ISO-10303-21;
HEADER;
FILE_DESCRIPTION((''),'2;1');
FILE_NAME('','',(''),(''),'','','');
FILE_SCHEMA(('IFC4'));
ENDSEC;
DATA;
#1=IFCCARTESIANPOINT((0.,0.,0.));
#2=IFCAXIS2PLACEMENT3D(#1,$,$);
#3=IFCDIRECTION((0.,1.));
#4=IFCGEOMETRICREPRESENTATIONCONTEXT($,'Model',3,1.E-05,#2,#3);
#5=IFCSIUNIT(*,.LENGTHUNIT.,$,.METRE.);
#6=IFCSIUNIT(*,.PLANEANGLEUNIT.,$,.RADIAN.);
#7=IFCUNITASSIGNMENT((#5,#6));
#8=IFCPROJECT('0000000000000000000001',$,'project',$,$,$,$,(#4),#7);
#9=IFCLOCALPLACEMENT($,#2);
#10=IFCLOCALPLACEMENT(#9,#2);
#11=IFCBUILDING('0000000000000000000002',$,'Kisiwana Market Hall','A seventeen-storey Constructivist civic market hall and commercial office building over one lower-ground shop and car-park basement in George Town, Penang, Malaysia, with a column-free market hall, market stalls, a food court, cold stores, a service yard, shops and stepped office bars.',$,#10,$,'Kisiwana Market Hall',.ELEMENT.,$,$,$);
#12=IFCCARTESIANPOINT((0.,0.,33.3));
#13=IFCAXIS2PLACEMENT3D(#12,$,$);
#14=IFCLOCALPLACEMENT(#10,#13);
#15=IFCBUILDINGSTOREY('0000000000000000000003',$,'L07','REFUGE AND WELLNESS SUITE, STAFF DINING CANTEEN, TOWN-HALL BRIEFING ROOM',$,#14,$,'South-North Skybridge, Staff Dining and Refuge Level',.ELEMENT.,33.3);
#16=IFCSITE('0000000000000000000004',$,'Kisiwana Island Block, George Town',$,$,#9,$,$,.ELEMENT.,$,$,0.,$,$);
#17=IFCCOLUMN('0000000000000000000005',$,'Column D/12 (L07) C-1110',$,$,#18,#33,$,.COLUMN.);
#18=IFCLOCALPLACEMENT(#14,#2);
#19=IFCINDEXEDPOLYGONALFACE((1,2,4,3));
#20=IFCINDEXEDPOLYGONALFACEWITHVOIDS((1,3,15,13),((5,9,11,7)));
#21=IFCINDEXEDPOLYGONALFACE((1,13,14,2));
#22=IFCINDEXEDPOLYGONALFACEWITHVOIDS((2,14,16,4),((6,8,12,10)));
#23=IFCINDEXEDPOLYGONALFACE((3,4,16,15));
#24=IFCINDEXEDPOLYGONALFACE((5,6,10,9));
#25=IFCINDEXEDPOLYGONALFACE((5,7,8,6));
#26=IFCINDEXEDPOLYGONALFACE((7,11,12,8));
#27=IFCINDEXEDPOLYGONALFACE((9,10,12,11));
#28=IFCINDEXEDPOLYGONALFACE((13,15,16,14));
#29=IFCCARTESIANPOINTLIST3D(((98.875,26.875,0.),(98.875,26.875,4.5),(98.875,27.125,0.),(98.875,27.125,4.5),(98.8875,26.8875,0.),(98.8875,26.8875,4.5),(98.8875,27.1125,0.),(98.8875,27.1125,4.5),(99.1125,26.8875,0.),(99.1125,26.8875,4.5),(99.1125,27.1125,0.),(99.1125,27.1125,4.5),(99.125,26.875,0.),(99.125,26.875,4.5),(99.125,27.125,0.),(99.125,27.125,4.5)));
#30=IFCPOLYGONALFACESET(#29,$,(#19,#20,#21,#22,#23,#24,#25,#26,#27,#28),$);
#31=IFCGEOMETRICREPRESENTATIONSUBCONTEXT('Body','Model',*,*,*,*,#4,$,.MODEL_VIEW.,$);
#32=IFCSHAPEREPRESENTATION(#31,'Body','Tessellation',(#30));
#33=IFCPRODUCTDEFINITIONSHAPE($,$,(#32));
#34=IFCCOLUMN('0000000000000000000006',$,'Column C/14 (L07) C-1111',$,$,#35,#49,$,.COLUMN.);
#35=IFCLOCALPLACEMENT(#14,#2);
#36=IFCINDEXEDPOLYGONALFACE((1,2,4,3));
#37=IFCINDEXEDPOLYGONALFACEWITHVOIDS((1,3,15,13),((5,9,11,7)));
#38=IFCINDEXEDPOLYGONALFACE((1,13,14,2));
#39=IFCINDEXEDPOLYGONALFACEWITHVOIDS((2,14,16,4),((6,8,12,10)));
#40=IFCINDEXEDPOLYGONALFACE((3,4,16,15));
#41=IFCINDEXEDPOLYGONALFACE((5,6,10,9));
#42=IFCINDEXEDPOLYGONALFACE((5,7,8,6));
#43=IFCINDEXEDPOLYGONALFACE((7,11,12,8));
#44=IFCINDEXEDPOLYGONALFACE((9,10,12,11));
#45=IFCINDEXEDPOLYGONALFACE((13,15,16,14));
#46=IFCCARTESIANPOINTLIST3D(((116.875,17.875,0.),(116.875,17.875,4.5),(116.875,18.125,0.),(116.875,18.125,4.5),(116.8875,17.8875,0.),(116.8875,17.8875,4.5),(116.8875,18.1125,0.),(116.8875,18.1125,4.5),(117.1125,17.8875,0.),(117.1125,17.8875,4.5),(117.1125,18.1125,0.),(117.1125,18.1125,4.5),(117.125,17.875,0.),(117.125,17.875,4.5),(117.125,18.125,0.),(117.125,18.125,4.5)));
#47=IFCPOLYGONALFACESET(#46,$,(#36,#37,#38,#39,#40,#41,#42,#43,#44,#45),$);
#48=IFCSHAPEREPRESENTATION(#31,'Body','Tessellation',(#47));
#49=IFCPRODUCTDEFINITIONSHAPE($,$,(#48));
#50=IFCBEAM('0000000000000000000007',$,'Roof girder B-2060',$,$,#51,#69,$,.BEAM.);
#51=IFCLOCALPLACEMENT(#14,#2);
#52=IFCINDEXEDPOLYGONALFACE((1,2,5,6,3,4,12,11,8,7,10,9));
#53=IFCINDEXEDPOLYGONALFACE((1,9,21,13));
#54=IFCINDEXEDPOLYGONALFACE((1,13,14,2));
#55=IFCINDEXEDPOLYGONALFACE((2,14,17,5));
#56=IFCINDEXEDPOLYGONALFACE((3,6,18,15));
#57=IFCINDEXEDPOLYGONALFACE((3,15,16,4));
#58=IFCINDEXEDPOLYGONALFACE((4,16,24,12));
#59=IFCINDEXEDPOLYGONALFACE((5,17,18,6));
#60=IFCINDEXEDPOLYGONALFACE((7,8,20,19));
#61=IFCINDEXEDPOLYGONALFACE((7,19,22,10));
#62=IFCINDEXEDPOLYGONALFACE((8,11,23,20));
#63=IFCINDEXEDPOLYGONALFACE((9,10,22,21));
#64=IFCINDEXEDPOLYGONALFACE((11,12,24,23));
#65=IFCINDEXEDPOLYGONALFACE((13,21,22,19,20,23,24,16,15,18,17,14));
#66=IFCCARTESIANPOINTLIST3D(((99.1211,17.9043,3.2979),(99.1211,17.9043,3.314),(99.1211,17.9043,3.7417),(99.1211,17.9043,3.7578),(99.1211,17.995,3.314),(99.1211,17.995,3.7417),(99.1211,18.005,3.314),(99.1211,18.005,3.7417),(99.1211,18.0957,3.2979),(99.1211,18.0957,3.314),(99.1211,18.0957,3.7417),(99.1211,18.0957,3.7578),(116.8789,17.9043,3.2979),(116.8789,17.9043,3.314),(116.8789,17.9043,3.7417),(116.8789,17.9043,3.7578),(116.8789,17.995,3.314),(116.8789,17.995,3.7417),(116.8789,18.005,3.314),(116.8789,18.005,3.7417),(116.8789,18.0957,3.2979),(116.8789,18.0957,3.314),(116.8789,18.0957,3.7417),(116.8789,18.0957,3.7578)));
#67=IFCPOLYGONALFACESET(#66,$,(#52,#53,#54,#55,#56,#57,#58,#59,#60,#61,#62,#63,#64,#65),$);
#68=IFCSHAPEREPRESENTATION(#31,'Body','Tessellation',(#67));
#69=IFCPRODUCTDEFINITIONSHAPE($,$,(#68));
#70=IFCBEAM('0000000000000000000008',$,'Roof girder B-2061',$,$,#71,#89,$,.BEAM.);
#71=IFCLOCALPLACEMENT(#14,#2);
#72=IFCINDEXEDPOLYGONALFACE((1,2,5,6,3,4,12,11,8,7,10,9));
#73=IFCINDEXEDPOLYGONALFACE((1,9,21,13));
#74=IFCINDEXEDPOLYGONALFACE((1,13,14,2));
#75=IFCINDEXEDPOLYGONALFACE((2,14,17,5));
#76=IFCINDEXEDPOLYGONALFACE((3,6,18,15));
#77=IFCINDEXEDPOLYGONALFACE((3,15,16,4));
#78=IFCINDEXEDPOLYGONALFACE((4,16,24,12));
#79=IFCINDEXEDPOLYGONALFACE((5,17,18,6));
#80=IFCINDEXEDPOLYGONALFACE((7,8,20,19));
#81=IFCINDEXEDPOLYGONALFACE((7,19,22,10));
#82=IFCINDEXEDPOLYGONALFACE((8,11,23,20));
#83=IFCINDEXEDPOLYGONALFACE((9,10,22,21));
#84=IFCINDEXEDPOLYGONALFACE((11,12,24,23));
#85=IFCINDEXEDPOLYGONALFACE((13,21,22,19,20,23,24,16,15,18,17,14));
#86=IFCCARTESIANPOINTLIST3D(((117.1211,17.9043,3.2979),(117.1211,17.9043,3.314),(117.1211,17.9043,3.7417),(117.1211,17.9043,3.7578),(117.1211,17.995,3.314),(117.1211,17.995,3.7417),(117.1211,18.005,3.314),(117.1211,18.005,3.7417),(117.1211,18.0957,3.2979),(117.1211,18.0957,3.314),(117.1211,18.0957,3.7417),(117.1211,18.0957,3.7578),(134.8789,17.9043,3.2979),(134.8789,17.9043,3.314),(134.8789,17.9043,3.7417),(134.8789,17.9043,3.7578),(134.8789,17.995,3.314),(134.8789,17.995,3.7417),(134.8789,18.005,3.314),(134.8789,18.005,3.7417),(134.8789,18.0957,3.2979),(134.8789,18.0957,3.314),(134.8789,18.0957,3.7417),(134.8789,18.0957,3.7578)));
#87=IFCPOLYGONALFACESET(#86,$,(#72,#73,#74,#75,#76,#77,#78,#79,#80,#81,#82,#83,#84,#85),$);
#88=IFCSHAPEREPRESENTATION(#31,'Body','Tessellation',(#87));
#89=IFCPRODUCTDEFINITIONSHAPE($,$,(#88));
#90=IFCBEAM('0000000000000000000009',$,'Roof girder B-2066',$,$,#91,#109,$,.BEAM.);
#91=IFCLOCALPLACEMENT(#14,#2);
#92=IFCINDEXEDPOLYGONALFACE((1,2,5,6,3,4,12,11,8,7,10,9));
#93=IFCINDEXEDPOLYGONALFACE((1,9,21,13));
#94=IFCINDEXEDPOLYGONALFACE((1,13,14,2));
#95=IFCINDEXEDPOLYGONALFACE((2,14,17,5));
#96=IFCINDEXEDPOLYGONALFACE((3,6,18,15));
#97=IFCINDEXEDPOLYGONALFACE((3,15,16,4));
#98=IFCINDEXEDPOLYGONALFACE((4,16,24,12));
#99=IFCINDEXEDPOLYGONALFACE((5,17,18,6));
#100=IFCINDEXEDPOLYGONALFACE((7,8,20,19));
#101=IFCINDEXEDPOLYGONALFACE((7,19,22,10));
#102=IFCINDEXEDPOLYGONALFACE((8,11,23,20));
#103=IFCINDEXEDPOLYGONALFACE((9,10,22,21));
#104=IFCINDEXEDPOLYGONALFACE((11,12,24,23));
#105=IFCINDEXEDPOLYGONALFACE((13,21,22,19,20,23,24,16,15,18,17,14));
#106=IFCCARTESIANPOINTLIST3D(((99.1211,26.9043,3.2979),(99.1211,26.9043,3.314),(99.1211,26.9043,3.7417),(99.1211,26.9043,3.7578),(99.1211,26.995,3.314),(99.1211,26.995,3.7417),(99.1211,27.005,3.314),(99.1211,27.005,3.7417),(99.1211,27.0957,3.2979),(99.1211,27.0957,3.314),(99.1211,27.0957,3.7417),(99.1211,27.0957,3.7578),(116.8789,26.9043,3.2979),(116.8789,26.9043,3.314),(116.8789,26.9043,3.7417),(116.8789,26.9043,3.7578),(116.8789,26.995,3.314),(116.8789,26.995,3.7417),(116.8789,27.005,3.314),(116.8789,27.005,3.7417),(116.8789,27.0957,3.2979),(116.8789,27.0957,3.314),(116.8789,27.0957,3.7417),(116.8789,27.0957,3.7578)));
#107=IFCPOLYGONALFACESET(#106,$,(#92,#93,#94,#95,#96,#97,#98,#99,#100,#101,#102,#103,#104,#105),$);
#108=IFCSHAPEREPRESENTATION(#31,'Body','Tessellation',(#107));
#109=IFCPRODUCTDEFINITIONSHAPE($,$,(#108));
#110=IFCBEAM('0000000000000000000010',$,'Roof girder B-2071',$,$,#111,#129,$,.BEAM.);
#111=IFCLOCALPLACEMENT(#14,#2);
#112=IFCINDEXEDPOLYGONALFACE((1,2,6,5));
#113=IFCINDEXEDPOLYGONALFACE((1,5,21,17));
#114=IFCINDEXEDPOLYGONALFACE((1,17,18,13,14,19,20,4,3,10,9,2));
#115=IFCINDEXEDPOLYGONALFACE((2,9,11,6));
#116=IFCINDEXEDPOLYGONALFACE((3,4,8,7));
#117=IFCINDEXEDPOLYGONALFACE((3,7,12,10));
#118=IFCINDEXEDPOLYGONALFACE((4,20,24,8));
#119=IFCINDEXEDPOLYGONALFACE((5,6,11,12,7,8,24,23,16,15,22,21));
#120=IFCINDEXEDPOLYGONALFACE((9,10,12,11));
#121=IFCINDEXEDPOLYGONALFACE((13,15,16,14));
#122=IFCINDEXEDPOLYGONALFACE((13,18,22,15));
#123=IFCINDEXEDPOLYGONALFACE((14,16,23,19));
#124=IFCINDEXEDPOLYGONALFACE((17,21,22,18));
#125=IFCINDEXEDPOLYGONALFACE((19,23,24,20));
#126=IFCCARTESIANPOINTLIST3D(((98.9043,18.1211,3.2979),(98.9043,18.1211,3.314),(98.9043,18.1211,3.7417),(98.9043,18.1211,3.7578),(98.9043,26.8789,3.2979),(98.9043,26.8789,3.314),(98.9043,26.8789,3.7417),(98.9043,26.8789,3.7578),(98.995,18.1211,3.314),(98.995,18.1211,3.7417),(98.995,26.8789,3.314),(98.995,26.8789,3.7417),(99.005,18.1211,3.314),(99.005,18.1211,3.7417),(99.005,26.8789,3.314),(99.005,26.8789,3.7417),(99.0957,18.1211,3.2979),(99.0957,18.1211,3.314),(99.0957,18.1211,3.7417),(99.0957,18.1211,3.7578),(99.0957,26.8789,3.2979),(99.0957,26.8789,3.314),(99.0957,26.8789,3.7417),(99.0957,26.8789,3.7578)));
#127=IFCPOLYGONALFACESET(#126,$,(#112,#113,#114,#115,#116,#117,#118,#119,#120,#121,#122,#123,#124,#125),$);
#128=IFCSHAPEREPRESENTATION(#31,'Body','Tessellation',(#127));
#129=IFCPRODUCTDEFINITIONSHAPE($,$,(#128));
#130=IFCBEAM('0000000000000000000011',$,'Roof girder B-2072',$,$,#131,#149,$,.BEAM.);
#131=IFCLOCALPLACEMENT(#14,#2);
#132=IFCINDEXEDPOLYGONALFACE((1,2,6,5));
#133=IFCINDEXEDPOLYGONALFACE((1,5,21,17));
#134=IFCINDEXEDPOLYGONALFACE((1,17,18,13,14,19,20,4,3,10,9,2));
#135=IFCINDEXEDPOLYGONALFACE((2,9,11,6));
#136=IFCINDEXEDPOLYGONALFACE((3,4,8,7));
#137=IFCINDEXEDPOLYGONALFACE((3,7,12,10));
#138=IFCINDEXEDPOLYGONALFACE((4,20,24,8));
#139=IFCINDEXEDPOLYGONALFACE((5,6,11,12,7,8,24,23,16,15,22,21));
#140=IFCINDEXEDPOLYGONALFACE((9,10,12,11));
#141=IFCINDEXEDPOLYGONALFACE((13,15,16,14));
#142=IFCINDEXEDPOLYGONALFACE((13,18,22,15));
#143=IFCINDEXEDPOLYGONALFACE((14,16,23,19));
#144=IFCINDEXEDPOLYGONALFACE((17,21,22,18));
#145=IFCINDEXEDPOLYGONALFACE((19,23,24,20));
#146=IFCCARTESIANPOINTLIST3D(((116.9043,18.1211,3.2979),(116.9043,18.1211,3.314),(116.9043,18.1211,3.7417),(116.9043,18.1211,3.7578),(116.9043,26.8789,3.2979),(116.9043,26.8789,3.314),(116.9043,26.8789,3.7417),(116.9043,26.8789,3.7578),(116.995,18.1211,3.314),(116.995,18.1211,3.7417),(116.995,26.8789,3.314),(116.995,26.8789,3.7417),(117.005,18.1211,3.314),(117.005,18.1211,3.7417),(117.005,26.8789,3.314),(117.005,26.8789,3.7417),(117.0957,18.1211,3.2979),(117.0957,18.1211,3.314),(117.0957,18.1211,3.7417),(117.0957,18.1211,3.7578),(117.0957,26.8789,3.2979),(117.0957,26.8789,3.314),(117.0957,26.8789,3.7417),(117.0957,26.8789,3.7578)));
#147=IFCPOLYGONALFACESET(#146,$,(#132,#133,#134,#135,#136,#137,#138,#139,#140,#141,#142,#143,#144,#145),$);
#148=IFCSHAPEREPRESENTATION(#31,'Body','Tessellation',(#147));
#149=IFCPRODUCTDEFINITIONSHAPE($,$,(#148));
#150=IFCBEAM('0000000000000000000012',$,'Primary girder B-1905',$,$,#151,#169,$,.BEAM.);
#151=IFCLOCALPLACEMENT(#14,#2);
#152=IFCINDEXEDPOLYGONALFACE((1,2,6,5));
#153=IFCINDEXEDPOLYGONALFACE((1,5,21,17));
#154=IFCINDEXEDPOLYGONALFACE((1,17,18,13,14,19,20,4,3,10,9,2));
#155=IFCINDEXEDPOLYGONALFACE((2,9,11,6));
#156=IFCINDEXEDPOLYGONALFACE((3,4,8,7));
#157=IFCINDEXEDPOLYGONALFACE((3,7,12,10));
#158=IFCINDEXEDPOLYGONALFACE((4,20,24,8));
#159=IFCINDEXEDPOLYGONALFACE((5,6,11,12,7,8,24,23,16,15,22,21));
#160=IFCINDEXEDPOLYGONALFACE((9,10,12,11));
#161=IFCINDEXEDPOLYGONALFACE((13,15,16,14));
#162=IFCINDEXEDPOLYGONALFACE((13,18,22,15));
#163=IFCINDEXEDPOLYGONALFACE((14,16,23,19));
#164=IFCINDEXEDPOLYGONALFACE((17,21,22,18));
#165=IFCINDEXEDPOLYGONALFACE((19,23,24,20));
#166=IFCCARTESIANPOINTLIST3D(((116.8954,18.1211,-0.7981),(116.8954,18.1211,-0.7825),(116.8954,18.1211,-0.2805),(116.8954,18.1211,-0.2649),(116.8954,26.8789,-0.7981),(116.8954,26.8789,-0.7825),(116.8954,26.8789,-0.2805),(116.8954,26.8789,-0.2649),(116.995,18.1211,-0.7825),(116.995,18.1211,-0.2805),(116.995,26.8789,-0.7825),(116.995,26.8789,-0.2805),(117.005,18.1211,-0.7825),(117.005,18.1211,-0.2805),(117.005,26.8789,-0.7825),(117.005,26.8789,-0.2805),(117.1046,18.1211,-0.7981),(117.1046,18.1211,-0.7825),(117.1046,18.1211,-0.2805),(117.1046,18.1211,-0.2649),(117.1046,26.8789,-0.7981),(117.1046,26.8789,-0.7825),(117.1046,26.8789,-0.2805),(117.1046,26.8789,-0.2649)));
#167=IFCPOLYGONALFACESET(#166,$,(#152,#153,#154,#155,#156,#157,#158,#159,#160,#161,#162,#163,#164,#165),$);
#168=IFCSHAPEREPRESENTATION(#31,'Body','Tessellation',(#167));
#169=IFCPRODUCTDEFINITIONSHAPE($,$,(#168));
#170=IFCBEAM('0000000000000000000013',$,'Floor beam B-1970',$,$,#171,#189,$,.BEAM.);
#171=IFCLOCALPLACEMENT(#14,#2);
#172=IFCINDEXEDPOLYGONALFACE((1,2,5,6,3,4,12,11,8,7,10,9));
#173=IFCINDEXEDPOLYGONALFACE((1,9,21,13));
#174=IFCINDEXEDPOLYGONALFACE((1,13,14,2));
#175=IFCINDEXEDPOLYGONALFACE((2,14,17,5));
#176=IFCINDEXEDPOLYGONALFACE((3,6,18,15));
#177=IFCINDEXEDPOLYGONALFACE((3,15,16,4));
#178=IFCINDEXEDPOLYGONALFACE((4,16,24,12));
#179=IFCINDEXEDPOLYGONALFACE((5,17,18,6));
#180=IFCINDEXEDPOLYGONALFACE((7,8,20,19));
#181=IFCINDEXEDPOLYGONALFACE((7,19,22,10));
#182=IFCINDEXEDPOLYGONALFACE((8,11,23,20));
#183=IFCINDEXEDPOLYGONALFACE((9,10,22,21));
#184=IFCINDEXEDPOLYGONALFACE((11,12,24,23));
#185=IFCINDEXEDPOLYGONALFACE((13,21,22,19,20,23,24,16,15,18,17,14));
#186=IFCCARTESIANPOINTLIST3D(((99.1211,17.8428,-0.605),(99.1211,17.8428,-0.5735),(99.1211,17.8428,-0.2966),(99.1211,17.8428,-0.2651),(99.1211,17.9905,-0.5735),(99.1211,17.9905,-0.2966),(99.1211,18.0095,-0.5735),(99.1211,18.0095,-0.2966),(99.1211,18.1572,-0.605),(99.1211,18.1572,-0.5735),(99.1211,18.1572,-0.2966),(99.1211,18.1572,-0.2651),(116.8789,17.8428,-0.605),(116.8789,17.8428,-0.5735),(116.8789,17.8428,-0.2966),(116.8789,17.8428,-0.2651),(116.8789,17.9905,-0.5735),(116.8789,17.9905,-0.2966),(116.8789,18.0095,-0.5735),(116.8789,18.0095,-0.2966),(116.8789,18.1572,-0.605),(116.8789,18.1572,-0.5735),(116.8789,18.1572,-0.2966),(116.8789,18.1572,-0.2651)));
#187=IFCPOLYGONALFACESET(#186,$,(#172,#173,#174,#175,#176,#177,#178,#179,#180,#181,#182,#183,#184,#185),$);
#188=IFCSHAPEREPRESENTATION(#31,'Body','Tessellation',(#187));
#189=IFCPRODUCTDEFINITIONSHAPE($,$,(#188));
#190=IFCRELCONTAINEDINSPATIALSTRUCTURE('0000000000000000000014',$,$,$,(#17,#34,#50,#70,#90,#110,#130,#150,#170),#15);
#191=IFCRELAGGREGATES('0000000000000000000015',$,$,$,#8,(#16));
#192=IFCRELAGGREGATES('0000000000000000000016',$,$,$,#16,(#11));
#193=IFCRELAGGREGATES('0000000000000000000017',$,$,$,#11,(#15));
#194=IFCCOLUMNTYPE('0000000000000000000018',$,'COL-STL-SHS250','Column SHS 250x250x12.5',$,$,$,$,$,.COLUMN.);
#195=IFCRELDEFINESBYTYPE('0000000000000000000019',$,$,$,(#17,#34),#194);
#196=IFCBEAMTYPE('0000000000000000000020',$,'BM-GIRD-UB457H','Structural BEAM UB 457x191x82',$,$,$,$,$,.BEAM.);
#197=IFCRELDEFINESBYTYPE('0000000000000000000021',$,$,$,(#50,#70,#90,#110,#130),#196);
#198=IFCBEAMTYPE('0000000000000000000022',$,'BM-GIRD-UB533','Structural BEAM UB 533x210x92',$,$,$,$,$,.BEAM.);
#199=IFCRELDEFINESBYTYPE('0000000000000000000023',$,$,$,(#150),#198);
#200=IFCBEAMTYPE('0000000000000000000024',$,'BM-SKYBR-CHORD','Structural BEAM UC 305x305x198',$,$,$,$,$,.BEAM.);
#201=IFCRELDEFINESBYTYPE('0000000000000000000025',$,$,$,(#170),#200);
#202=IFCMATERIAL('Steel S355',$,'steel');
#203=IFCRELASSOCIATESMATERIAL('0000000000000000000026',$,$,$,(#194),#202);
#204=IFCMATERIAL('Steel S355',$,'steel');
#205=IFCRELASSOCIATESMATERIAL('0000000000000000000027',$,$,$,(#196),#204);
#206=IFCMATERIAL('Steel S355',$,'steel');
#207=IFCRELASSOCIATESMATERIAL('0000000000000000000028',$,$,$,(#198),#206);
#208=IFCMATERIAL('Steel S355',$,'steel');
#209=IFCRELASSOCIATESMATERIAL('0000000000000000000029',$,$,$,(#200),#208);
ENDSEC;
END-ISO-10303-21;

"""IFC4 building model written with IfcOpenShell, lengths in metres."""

from ifc_helpers import new_model, si_unit, direction, frame, origin, origin_2d, place, context, subcontext, project, spatial, hollow_rectangle, i_section, extrude, material, material_profile, profile_set, type_object, element, save


model = new_model("IFC4")

# Units and contexts
model_context = context("Model", 3, precision=1e-05, world=origin(), true_north=direction((0.0, 1.0)))
body_context = subcontext(model_context, "Body", "Model", "MODEL_VIEW")
ifc_project = project(units=[si_unit("LENGTHUNIT", "METRE"), si_unit("PLANEANGLEUNIT", "RADIAN")], contexts=[model_context])

# Site, building, storey
site_placement = place(None, origin())
site = spatial("IfcSite", under=ifc_project, at=site_placement, Name="Kisiwana Island Block, George Town", CompositionType="ELEMENT", RefElevation=0.0)
building_placement = place(site_placement, origin())
building = spatial("IfcBuilding", under=site, at=building_placement, Name="Kisiwana Market Hall", Description="A seventeen-storey Constructivist civic market hall and commercial office building over one lower-ground shop and car-park basement in George Town, Penang, Malaysia, with a column-free market hall, market stalls, a food court, cold stores, a service yard, shops and stepped office bars.", LongName="Kisiwana Market Hall", CompositionType="ELEMENT")
storey_placement = place(building_placement, frame((0.0, 0.0, 33.3)))
storey = spatial("IfcBuildingStorey", under=building, at=storey_placement, Name="L07", Description="REFUGE AND WELLNESS SUITE, STAFF DINING CANTEEN, TOWN-HALL BRIEFING ROOM", LongName="South-North Skybridge, Staff Dining and Refuge Level", CompositionType="ELEMENT", Elevation=33.3)

# Columns
ifc_material_1 = material(Name="Steel S355", Category="steel")
ifc_material_profile_1 = material_profile(ifc_material_1, hollow_rectangle(XDim=0.25, YDim=0.25, WallThickness=0.0125, at=origin_2d()), Name="SHS 250x250x12.5")
ifc_profile_set_1 = profile_set([ifc_material_profile_1], Name="Steel S355")
column_type = type_object("IfcColumnType", Name="COL-STL-SHS250", Description="Column SHS 250x250x12.5", PredefinedType="COLUMN", material=ifc_profile_set_1)
for number, where, z_axis, x_axis, name in (
    (1, (99.0, 27.0, 0.0), (0.0, 0.0, 1.0), (1.0, 0.0, 0.0), "Column D/12 (L07) C-1110"),
    (2, (117.0, 18.0, 0.0), (0.0, 0.0, 1.0), (1.0, 0.0, 0.0), "Column C/14 (L07) C-1111"),
):
    element("IfcColumn", number, at=place(storey_placement, frame(where, z_axis=z_axis, x_axis=x_axis)), inside=storey, type_object=column_type, Name=name, PredefinedType="COLUMN", context=body_context, shape_type="SweptSolid", body=[
        extrude(hollow_rectangle(XDim=0.25, YDim=0.25, WallThickness=0.0125, at=origin_2d()), origin(), (0.0, 0.0, 1.0), 4.5),
    ])

# Beams
ifc_material_2 = material(Name="Steel S355", Category="steel")
ifc_material_profile_2 = material_profile(ifc_material_2, i_section(OverallWidth=0.1914, OverallDepth=0.46, WebThickness=0.01, FlangeThickness=0.0161, at=origin_2d()), Name="UB 457x191x82")
ifc_profile_set_2 = profile_set([ifc_material_profile_2], Name="Steel S355")
beam_type_1 = type_object("IfcBeamType", Name="BM-GIRD-UB457H", Description="Structural BEAM UB 457x191x82", PredefinedType="BEAM", material=ifc_profile_set_2)
for number, where, z_axis, x_axis, name in (
    (3, (99.1211, 18.0, 3.5278), (1.0, 0.0, 0.0), (0.0, 1.0, 0.0), "Roof girder B-2060"),
    (4, (117.1211, 18.0, 3.5278), (1.0, 0.0, 0.0), (0.0, 1.0, 0.0), "Roof girder B-2061"),
    (5, (99.1211, 27.0, 3.5278), (1.0, 0.0, 0.0), (0.0, 1.0, 0.0), "Roof girder B-2066"),
):
    element("IfcBeam", number, at=place(storey_placement, frame(where, z_axis=z_axis, x_axis=x_axis)), inside=storey, type_object=beam_type_1, Name=name, PredefinedType="BEAM", context=body_context, shape_type="SweptSolid", body=[
        extrude(i_section(OverallWidth=0.1914, OverallDepth=0.46, WebThickness=0.01, FlangeThickness=0.0161, at=origin_2d()), origin(), (0.0, 0.0, 1.0), 17.7578),
    ])
for number, where, z_axis, x_axis, name in (
    (6, (99.0, 18.1211, 3.5278), (0.0, 1.0, 0.0), (-1.0, 0.0, 0.0), "Roof girder B-2071"),
    (7, (117.0, 18.1211, 3.5278), (0.0, 1.0, 0.0), (-1.0, 0.0, 0.0), "Roof girder B-2072"),
):
    element("IfcBeam", number, at=place(storey_placement, frame(where, z_axis=z_axis, x_axis=x_axis)), inside=storey, type_object=beam_type_1, Name=name, PredefinedType="BEAM", context=body_context, shape_type="SweptSolid", body=[
        extrude(i_section(OverallWidth=0.1914, OverallDepth=0.46, WebThickness=0.01, FlangeThickness=0.0161, at=origin_2d()), origin(), (0.0, 0.0, 1.0), 8.7578),
    ])
ifc_material_3 = material(Name="Steel S355", Category="steel")
ifc_material_profile_3 = material_profile(ifc_material_3, i_section(OverallWidth=0.2092, OverallDepth=0.5332, WebThickness=0.01, FlangeThickness=0.0156, at=origin_2d()), Name="UB 533x210x92")
ifc_profile_set_3 = profile_set([ifc_material_profile_3], Name="Steel S355")
beam_type_2 = type_object("IfcBeamType", Name="BM-GIRD-UB533", Description="Structural BEAM UB 533x210x92", PredefinedType="BEAM", material=ifc_profile_set_3)
beam_placement = place(storey_placement, frame((117.0, 18.1211, -0.5315), z_axis=(0.0, 1.0, 0.0), x_axis=(-1.0, 0.0, 0.0)))
element("IfcBeam", 8, at=beam_placement, inside=storey, type_object=beam_type_2, Name="Primary girder B-1905", PredefinedType="BEAM", context=body_context, shape_type="SweptSolid", body=[
    extrude(i_section(OverallWidth=0.2092, OverallDepth=0.5332, WebThickness=0.01, FlangeThickness=0.0156, at=origin_2d()), origin(), (0.0, 0.0, 1.0), 8.7578),
])
ifc_material_4 = material(Name="Steel S355", Category="steel")
ifc_material_profile_4 = material_profile(ifc_material_4, i_section(OverallWidth=0.3145, OverallDepth=0.3398, WebThickness=0.019, FlangeThickness=0.0315, at=origin_2d()), Name="UC 305x305x198")
ifc_profile_set_4 = profile_set([ifc_material_profile_4], Name="Steel S355")
beam_type_3 = type_object("IfcBeamType", Name="BM-SKYBR-CHORD", Description="Structural BEAM UC 305x305x198", PredefinedType="BEAM", material=ifc_profile_set_4)
for number, where, z_axis, x_axis, name in (
    (9, (99.1211, 18.0, -0.4351), (1.0, 0.0, 0.0), (0.0, 1.0, 0.0), "Floor beam B-1970"),
):
    element("IfcBeam", number, at=place(storey_placement, frame(where, z_axis=z_axis, x_axis=x_axis)), inside=storey, type_object=beam_type_3, Name=name, PredefinedType="BEAM", context=body_context, shape_type="SweptSolid", body=[
        extrude(i_section(OverallWidth=0.3145, OverallDepth=0.3398, WebThickness=0.019, FlangeThickness=0.0315, at=origin_2d()), origin(), (0.0, 0.0, 1.0), 17.7578),
    ])

save(model, "model.ifc")
